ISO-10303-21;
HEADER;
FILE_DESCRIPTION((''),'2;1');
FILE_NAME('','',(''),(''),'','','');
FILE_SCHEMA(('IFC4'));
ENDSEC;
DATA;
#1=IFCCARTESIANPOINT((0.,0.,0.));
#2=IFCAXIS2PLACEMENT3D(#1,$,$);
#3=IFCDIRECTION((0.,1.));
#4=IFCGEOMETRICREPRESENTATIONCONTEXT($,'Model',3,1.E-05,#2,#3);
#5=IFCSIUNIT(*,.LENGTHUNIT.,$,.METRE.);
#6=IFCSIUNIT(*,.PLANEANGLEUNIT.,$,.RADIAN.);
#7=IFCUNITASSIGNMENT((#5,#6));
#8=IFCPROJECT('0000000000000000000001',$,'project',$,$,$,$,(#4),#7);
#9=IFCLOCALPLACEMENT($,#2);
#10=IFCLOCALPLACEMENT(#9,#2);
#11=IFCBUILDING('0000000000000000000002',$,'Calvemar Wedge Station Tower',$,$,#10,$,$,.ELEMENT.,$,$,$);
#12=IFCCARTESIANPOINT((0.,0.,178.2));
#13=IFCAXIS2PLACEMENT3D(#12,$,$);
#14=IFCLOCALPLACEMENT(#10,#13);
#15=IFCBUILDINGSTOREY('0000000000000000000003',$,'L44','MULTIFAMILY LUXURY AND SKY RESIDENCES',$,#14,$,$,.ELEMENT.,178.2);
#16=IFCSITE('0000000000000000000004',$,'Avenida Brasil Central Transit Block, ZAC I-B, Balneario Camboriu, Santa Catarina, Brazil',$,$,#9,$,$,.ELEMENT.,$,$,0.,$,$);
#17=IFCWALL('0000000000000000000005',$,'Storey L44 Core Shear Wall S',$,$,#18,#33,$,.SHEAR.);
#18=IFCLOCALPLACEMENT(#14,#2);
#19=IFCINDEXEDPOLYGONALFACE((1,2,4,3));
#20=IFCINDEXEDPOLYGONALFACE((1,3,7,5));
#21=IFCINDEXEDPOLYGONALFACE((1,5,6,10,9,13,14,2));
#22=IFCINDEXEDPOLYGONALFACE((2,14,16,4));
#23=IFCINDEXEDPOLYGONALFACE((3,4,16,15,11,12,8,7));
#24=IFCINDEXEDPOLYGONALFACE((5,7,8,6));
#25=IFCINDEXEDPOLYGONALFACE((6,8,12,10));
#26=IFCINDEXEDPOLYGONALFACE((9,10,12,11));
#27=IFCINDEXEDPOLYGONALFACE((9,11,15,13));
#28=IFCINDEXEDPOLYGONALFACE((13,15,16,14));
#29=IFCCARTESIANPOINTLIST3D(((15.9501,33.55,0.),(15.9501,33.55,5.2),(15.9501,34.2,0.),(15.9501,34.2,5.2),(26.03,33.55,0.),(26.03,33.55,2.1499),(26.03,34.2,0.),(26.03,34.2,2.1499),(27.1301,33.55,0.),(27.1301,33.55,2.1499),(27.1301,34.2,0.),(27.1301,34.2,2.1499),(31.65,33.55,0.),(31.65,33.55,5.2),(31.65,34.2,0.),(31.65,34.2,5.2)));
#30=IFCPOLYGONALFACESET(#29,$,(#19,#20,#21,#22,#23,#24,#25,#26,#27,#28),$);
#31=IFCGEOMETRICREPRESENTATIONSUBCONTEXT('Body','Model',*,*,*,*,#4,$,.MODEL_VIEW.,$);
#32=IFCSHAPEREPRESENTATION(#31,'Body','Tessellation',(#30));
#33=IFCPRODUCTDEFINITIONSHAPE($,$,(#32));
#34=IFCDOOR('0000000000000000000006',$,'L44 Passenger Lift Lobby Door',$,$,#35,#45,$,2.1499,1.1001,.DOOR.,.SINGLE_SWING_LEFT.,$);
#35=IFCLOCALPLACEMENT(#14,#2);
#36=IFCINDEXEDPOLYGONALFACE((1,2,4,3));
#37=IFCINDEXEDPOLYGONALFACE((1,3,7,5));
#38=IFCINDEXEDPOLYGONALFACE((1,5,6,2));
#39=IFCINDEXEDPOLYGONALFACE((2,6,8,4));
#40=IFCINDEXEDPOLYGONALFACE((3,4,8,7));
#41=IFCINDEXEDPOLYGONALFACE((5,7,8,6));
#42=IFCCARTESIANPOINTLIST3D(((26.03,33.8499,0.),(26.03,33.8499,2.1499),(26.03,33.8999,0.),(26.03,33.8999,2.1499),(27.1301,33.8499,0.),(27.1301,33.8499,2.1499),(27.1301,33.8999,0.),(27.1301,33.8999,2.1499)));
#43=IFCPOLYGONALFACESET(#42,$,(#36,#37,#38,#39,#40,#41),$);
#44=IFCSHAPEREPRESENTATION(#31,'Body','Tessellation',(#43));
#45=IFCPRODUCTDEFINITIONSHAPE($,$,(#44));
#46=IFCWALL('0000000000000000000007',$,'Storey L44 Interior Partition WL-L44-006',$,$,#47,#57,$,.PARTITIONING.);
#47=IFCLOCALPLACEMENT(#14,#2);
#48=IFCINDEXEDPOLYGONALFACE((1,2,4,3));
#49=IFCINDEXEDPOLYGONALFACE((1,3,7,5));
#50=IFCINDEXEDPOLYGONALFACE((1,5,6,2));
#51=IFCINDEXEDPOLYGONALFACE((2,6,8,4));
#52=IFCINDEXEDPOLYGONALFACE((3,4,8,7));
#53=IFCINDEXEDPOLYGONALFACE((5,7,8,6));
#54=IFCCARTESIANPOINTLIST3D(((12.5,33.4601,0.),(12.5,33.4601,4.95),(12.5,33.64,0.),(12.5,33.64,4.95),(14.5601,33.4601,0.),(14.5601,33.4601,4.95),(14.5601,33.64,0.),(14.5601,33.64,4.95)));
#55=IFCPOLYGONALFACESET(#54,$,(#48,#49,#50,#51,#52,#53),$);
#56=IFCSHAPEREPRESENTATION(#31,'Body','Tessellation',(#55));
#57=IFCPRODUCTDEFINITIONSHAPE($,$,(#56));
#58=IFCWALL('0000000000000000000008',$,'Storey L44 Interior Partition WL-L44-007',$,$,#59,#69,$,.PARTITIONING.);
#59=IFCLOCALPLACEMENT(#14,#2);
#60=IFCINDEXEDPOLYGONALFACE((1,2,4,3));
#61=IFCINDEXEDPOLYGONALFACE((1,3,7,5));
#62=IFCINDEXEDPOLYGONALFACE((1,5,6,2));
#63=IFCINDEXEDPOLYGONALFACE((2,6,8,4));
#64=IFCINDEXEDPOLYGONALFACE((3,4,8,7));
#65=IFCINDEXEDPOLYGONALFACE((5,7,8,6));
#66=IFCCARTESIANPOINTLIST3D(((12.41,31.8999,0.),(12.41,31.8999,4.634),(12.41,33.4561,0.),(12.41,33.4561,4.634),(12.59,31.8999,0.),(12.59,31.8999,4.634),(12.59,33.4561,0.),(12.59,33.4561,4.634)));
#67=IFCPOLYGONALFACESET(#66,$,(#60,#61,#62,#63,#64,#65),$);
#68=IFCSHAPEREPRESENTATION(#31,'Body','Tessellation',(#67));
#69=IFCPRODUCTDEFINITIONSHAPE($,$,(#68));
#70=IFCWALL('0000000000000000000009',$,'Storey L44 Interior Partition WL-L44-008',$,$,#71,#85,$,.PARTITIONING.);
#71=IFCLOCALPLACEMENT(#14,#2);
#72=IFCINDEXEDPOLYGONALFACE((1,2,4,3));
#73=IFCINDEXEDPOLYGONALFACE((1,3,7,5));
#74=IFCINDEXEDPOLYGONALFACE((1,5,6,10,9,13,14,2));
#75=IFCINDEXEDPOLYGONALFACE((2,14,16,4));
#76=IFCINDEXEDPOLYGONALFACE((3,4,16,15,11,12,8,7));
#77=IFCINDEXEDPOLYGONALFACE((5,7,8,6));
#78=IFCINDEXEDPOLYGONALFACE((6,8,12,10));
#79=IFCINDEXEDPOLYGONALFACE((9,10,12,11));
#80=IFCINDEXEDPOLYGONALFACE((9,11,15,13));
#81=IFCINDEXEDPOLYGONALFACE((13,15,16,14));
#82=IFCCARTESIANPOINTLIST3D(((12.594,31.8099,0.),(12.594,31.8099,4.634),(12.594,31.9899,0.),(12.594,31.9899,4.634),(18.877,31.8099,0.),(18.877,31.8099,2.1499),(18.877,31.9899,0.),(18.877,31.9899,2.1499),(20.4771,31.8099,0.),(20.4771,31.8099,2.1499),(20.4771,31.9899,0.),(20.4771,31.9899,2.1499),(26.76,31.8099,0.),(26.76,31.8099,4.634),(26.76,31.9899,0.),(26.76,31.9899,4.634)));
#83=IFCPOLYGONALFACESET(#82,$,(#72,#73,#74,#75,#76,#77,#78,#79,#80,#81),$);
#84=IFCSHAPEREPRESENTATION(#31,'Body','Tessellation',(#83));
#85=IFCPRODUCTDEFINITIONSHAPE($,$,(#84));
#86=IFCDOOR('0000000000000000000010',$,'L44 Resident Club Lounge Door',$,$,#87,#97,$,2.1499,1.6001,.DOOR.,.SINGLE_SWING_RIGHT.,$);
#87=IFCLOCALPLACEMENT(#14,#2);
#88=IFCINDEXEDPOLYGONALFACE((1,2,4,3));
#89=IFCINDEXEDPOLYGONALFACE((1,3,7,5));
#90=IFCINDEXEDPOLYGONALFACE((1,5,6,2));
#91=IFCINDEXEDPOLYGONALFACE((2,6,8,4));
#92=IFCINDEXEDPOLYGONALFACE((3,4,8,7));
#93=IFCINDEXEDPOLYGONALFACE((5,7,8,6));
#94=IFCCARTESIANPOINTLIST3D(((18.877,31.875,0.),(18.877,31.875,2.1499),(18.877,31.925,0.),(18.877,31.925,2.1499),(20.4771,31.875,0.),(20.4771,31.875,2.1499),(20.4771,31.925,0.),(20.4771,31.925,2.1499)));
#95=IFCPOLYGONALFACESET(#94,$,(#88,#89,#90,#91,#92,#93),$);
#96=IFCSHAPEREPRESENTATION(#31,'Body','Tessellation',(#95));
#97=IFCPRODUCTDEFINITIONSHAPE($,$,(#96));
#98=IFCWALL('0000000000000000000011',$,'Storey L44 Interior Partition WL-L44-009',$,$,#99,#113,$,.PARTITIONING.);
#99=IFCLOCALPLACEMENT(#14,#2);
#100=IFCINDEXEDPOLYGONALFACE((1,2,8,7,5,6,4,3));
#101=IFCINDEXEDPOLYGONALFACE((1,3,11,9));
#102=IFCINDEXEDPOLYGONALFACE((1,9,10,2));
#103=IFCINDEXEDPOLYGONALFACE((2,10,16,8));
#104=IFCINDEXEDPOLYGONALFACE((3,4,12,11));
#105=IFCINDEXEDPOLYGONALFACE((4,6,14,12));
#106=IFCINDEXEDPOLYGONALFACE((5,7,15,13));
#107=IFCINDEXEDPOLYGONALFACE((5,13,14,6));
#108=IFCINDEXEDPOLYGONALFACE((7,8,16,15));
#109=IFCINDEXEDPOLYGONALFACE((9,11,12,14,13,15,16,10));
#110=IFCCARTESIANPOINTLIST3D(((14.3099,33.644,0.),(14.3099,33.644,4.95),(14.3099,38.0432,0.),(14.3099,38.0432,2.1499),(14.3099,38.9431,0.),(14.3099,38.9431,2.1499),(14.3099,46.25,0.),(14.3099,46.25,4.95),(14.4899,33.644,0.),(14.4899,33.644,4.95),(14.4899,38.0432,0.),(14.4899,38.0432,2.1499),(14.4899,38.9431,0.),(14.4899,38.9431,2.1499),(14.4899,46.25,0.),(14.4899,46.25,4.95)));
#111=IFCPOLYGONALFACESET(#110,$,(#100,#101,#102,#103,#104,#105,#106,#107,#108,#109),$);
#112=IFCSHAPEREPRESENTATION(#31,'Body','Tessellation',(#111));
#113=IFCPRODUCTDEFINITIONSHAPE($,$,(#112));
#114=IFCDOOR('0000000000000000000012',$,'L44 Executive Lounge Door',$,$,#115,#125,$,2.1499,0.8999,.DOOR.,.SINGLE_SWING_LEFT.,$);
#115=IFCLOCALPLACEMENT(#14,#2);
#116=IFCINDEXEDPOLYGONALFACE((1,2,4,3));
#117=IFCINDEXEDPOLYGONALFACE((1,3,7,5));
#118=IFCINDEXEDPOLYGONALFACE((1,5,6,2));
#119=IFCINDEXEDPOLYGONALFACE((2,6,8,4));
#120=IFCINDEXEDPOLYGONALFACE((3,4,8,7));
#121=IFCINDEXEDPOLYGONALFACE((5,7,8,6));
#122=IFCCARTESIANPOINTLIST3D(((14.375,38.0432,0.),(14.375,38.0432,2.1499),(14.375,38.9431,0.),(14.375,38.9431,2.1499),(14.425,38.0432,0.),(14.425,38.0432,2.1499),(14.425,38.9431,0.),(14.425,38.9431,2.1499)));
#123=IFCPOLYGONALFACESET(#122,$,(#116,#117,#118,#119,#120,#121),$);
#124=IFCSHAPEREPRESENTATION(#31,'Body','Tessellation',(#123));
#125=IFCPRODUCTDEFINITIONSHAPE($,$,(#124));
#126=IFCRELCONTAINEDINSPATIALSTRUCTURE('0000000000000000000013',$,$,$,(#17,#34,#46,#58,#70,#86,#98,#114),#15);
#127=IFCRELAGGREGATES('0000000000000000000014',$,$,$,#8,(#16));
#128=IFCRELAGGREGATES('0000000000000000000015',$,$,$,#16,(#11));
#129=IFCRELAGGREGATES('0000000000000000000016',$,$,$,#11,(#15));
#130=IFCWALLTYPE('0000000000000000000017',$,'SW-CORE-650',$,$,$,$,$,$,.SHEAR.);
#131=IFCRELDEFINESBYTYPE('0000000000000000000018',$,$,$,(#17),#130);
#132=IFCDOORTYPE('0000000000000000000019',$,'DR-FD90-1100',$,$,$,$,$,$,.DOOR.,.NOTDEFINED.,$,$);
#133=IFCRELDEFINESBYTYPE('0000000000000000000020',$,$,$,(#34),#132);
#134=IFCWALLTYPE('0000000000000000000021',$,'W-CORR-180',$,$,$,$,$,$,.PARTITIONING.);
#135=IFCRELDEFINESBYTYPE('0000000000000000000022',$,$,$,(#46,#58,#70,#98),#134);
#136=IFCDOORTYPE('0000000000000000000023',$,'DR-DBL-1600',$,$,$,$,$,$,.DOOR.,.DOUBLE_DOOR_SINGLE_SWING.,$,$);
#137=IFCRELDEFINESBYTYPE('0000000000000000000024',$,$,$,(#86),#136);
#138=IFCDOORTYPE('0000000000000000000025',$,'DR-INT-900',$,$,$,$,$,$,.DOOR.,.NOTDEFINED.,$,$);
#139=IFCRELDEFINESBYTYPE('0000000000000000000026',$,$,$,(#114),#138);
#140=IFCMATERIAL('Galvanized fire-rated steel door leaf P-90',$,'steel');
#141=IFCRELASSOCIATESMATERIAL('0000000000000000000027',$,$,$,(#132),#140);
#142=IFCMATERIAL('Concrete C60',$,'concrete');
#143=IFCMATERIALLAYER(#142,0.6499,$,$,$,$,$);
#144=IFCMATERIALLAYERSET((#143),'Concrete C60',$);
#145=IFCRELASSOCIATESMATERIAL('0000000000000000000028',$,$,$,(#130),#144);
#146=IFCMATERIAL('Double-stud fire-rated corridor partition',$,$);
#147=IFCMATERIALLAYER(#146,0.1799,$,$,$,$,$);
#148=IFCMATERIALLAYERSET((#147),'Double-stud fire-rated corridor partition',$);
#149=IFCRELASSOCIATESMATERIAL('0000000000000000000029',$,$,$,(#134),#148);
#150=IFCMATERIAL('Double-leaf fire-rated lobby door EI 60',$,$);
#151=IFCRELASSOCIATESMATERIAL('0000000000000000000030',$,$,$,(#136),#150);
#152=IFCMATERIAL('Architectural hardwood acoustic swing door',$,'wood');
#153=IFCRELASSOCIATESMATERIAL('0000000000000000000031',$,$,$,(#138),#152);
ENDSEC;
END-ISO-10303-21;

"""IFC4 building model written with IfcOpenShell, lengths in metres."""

from ifc_helpers import new_model, si_unit, direction, frame, frame_2d, origin, place, context, subcontext, project, spatial, rectangle, extrude, source, transform, mapped, material, layer, layer_set, type_object, element, fill, save


model = new_model("IFC4")

# Units and contexts
model_context = context("Model", 3, precision=1e-05, world=origin(), true_north=direction((0.0, 1.0)))
body_context = subcontext(model_context, "Body", "Model", "MODEL_VIEW")
ifc_project = project(units=[si_unit("LENGTHUNIT", "METRE"), si_unit("PLANEANGLEUNIT", "RADIAN")], contexts=[model_context])

# Site, building, storey
site_placement = place(None, origin())
site = spatial("IfcSite", under=ifc_project, at=site_placement, Name="Avenida Brasil Central Transit Block, ZAC I-B, Balneario Camboriu, Santa Catarina, Brazil", CompositionType="ELEMENT", RefElevation=0.0)
building_placement = place(site_placement, origin())
building = spatial("IfcBuilding", under=site, at=building_placement, Name="Calvemar Wedge Station Tower", CompositionType="ELEMENT")
storey_placement = place(building_placement, frame((0.0, 0.0, 178.2)))
storey = spatial("IfcBuildingStorey", under=building, at=storey_placement, Name="L44", Description="MULTIFAMILY LUXURY AND SKY RESIDENCES", CompositionType="ELEMENT", Elevation=178.2)

# Wall, opening, door
ifc_material_1 = material(Name="Galvanized fire-rated steel door leaf P-90", Category="steel")
door_type_1 = type_object("IfcDoorType", Name="DR-FD90-1100", OperationType="NOTDEFINED", PredefinedType="DOOR", material=ifc_material_1)
shared_shape_1 = source(origin(), body_context, "Body", "SweptSolid", [
    extrude(rectangle(XDim=1.1001, YDim=2.1499, at=frame_2d((0.55, 1.075))), frame((0.0, 0.0249, 0.0), z_axis=(0.0, -1.0, 0.0), x_axis=(1.0, 0.0, 0.0)), (0.0, 0.0, 1.0), 0.05),
])
ifc_material_2 = material(Name="Concrete C60", Category="concrete")
ifc_layer_1 = layer(ifc_material_2, 0.6499)
ifc_layer_set_1 = layer_set([ifc_layer_1], Name="Concrete C60")
wall_type_1 = type_object("IfcWallType", Name="SW-CORE-650", PredefinedType="SHEAR", material=ifc_layer_set_1)
wall_1_placement = place(storey_placement, frame((15.95, 33.875, 0.0), z_axis=(0.0, 0.0, 1.0), x_axis=(1.0, 0.0, 0.0)))
wall_1 = element("IfcWall", 1, at=wall_1_placement, inside=storey, type_object=wall_type_1, Name="Storey L44 Core Shear Wall S", PredefinedType="SHEAR", context=body_context, shape_type="SweptSolid", body=[
    extrude(rectangle(XDim=15.7, YDim=0.6499, at=frame_2d((7.8501, 0.0))), origin(), (0.0, 0.0, 1.0), 5.2),
])
shared_shape_2 = source(origin(), body_context, "Body", "SweptSolid", [
    extrude(rectangle(XDim=1.1001, YDim=2.1499, at=frame_2d((0.55, 1.075))), frame((0.0, 0.335, 0.0), z_axis=(0.0, -1.0, 0.0), x_axis=(1.0, 0.0, 0.0)), (0.0, 0.0, 1.0), 0.6699),
])
opening_1_placement = place(wall_1_placement, frame((10.0801, 0.0, 0.0)))
opening_1 = element("IfcOpeningElement", 2, at=opening_1_placement, cuts=wall_1, PredefinedType="OPENING", context=body_context, shape_type="MappedRepresentation", body=[
    mapped(shared_shape_2, transform((0.0, 0.0, 0.0), scale=1.0)),
])
door_1_placement = place(opening_1_placement, origin())
door_1 = element("IfcDoor", 3, at=door_1_placement, inside=storey, type_object=door_type_1, Name="L44 Passenger Lift Lobby Door", OperationType="SINGLE_SWING_LEFT", OverallHeight=2.1499, OverallWidth=1.1001, PredefinedType="DOOR", context=body_context, shape_type="MappedRepresentation", body=[
    mapped(shared_shape_1, transform((0.0, 0.0, 0.0), scale=1.0)),
])
fill(opening_1, door_1)

# Walls
ifc_material_3 = material(Name="Double-stud fire-rated corridor partition")
ifc_layer_2 = layer(ifc_material_3, 0.1799)
ifc_layer_set_2 = layer_set([ifc_layer_2], Name="Double-stud fire-rated corridor partition")
wall_type_2 = type_object("IfcWallType", Name="W-CORR-180", PredefinedType="PARTITIONING", material=ifc_layer_set_2)
wall_2_placement = place(storey_placement, frame((12.5, 33.55, 0.0), z_axis=(0.0, 0.0, 1.0), x_axis=(1.0, 0.0, 0.0)))
element("IfcWall", 4, at=wall_2_placement, inside=storey, type_object=wall_type_2, Name="Storey L44 Interior Partition WL-L44-006", PredefinedType="PARTITIONING", context=body_context, shape_type="SweptSolid", body=[
    extrude(rectangle(XDim=2.0601, YDim=0.1799, at=frame_2d((1.03, 0.0))), origin(), (0.0, 0.0, 1.0), 4.95),
])
wall_3_placement = place(storey_placement, frame((12.5, 31.8999, 0.0), z_axis=(0.0, 0.0, 1.0), x_axis=(0.0, 1.0, 0.0)))
element("IfcWall", 5, at=wall_3_placement, inside=storey, type_object=wall_type_2, Name="Storey L44 Interior Partition WL-L44-007", PredefinedType="PARTITIONING", context=body_context, shape_type="SweptSolid", body=[
    extrude(rectangle(XDim=1.5562, YDim=0.1799, at=frame_2d((0.7781, 0.0))), origin(), (0.0, 0.0, 1.0), 4.634),
])

# Walls, openings, doors
wall_4_placement = place(storey_placement, frame((26.76, 31.8999, 0.0), z_axis=(0.0, 0.0, 1.0), x_axis=(-1.0, 0.0, 0.0)))
wall_4 = element("IfcWall", 6, at=wall_4_placement, inside=storey, type_object=wall_type_2, Name="Storey L44 Interior Partition WL-L44-008", PredefinedType="PARTITIONING", context=body_context, shape_type="SweptSolid", body=[
    extrude(rectangle(XDim=14.166, YDim=0.1799, at=frame_2d((7.083, 0.0))), origin(), (0.0, 0.0, 1.0), 4.634),
])
shared_shape_3 = source(origin(), body_context, "Body", "SweptSolid", [
    extrude(rectangle(XDim=1.6001, YDim=2.1499, at=frame_2d((0.8, 1.075))), frame((0.0, 0.1001, 0.0), z_axis=(0.0, -1.0, 0.0), x_axis=(1.0, 0.0, 0.0)), (0.0, 0.0, 1.0), 0.2),
])
opening_2_placement = place(wall_4_placement, frame((6.283, 0.0, 0.0)))
opening_2 = element("IfcOpeningElement", 7, at=opening_2_placement, cuts=wall_4, PredefinedType="OPENING", context=body_context, shape_type="MappedRepresentation", body=[
    mapped(shared_shape_3, transform((0.0, 0.0, 0.0), scale=1.0)),
])
ifc_material_4 = material(Name="Double-leaf fire-rated lobby door EI 60")
door_type_2 = type_object("IfcDoorType", Name="DR-DBL-1600", OperationType="DOUBLE_DOOR_SINGLE_SWING", PredefinedType="DOOR", material=ifc_material_4)
shared_shape_4 = source(origin(), body_context, "Body", "SweptSolid", [
    extrude(rectangle(XDim=1.6001, YDim=2.1499, at=frame_2d((0.8, 1.075))), frame((0.0, 0.0249, 0.0), z_axis=(0.0, -1.0, 0.0), x_axis=(1.0, 0.0, 0.0)), (0.0, 0.0, 1.0), 0.05),
])
door_2_placement = place(opening_2_placement, origin())
door_2 = element("IfcDoor", 8, at=door_2_placement, inside=storey, type_object=door_type_2, Name="L44 Resident Club Lounge Door", OperationType="SINGLE_SWING_RIGHT", OverallHeight=2.1499, OverallWidth=1.6001, PredefinedType="DOOR", context=body_context, shape_type="MappedRepresentation", body=[
    mapped(shared_shape_4, transform((0.0, 0.0, 0.0), scale=1.0)),
])
fill(opening_2, door_2)
wall_5_placement = place(storey_placement, frame((14.3999, 33.644, 0.0), z_axis=(0.0, 0.0, 1.0), x_axis=(0.0, 1.0, 0.0)))
wall_5 = element("IfcWall", 9, at=wall_5_placement, inside=storey, type_object=wall_type_2, Name="Storey L44 Interior Partition WL-L44-009", PredefinedType="PARTITIONING", context=body_context, shape_type="SweptSolid", body=[
    extrude(rectangle(XDim=12.606, YDim=0.1799, at=frame_2d((6.303, 0.0))), origin(), (0.0, 0.0, 1.0), 4.95),
])
shared_shape_5 = source(origin(), body_context, "Body", "SweptSolid", [
    extrude(rectangle(XDim=0.8999, YDim=2.1499, at=frame_2d((0.45, 1.075))), frame((0.0, 0.1001, 0.0), z_axis=(0.0, -1.0, 0.0), x_axis=(1.0, 0.0, 0.0)), (0.0, 0.0, 1.0), 0.2),
])
opening_3_placement = place(wall_5_placement, frame((4.3992, 0.0, 0.0)))
opening_3 = element("IfcOpeningElement", 10, at=opening_3_placement, cuts=wall_5, PredefinedType="OPENING", context=body_context, shape_type="MappedRepresentation", body=[
    mapped(shared_shape_5, transform((0.0, 0.0, 0.0), scale=1.0)),
])
ifc_material_5 = material(Name="Architectural hardwood acoustic swing door", Category="wood")
door_type_3 = type_object("IfcDoorType", Name="DR-INT-900", OperationType="NOTDEFINED", PredefinedType="DOOR", material=ifc_material_5)
shared_shape_6 = source(origin(), body_context, "Body", "SweptSolid", [
    extrude(rectangle(XDim=0.8999, YDim=2.1499, at=frame_2d((0.45, 1.075))), frame((0.0, 0.0249, 0.0), z_axis=(0.0, -1.0, 0.0), x_axis=(1.0, 0.0, 0.0)), (0.0, 0.0, 1.0), 0.05),
])
door_3_placement = place(opening_3_placement, origin())
door_3 = element("IfcDoor", 11, at=door_3_placement, inside=storey, type_object=door_type_3, Name="L44 Executive Lounge Door", OperationType="SINGLE_SWING_LEFT", OverallHeight=2.1499, OverallWidth=0.8999, PredefinedType="DOOR", context=body_context, shape_type="MappedRepresentation", body=[
    mapped(shared_shape_6, transform((0.0, 0.0, 0.0), scale=1.0)),
])
fill(opening_3, door_3)

save(model, "model.ifc")
